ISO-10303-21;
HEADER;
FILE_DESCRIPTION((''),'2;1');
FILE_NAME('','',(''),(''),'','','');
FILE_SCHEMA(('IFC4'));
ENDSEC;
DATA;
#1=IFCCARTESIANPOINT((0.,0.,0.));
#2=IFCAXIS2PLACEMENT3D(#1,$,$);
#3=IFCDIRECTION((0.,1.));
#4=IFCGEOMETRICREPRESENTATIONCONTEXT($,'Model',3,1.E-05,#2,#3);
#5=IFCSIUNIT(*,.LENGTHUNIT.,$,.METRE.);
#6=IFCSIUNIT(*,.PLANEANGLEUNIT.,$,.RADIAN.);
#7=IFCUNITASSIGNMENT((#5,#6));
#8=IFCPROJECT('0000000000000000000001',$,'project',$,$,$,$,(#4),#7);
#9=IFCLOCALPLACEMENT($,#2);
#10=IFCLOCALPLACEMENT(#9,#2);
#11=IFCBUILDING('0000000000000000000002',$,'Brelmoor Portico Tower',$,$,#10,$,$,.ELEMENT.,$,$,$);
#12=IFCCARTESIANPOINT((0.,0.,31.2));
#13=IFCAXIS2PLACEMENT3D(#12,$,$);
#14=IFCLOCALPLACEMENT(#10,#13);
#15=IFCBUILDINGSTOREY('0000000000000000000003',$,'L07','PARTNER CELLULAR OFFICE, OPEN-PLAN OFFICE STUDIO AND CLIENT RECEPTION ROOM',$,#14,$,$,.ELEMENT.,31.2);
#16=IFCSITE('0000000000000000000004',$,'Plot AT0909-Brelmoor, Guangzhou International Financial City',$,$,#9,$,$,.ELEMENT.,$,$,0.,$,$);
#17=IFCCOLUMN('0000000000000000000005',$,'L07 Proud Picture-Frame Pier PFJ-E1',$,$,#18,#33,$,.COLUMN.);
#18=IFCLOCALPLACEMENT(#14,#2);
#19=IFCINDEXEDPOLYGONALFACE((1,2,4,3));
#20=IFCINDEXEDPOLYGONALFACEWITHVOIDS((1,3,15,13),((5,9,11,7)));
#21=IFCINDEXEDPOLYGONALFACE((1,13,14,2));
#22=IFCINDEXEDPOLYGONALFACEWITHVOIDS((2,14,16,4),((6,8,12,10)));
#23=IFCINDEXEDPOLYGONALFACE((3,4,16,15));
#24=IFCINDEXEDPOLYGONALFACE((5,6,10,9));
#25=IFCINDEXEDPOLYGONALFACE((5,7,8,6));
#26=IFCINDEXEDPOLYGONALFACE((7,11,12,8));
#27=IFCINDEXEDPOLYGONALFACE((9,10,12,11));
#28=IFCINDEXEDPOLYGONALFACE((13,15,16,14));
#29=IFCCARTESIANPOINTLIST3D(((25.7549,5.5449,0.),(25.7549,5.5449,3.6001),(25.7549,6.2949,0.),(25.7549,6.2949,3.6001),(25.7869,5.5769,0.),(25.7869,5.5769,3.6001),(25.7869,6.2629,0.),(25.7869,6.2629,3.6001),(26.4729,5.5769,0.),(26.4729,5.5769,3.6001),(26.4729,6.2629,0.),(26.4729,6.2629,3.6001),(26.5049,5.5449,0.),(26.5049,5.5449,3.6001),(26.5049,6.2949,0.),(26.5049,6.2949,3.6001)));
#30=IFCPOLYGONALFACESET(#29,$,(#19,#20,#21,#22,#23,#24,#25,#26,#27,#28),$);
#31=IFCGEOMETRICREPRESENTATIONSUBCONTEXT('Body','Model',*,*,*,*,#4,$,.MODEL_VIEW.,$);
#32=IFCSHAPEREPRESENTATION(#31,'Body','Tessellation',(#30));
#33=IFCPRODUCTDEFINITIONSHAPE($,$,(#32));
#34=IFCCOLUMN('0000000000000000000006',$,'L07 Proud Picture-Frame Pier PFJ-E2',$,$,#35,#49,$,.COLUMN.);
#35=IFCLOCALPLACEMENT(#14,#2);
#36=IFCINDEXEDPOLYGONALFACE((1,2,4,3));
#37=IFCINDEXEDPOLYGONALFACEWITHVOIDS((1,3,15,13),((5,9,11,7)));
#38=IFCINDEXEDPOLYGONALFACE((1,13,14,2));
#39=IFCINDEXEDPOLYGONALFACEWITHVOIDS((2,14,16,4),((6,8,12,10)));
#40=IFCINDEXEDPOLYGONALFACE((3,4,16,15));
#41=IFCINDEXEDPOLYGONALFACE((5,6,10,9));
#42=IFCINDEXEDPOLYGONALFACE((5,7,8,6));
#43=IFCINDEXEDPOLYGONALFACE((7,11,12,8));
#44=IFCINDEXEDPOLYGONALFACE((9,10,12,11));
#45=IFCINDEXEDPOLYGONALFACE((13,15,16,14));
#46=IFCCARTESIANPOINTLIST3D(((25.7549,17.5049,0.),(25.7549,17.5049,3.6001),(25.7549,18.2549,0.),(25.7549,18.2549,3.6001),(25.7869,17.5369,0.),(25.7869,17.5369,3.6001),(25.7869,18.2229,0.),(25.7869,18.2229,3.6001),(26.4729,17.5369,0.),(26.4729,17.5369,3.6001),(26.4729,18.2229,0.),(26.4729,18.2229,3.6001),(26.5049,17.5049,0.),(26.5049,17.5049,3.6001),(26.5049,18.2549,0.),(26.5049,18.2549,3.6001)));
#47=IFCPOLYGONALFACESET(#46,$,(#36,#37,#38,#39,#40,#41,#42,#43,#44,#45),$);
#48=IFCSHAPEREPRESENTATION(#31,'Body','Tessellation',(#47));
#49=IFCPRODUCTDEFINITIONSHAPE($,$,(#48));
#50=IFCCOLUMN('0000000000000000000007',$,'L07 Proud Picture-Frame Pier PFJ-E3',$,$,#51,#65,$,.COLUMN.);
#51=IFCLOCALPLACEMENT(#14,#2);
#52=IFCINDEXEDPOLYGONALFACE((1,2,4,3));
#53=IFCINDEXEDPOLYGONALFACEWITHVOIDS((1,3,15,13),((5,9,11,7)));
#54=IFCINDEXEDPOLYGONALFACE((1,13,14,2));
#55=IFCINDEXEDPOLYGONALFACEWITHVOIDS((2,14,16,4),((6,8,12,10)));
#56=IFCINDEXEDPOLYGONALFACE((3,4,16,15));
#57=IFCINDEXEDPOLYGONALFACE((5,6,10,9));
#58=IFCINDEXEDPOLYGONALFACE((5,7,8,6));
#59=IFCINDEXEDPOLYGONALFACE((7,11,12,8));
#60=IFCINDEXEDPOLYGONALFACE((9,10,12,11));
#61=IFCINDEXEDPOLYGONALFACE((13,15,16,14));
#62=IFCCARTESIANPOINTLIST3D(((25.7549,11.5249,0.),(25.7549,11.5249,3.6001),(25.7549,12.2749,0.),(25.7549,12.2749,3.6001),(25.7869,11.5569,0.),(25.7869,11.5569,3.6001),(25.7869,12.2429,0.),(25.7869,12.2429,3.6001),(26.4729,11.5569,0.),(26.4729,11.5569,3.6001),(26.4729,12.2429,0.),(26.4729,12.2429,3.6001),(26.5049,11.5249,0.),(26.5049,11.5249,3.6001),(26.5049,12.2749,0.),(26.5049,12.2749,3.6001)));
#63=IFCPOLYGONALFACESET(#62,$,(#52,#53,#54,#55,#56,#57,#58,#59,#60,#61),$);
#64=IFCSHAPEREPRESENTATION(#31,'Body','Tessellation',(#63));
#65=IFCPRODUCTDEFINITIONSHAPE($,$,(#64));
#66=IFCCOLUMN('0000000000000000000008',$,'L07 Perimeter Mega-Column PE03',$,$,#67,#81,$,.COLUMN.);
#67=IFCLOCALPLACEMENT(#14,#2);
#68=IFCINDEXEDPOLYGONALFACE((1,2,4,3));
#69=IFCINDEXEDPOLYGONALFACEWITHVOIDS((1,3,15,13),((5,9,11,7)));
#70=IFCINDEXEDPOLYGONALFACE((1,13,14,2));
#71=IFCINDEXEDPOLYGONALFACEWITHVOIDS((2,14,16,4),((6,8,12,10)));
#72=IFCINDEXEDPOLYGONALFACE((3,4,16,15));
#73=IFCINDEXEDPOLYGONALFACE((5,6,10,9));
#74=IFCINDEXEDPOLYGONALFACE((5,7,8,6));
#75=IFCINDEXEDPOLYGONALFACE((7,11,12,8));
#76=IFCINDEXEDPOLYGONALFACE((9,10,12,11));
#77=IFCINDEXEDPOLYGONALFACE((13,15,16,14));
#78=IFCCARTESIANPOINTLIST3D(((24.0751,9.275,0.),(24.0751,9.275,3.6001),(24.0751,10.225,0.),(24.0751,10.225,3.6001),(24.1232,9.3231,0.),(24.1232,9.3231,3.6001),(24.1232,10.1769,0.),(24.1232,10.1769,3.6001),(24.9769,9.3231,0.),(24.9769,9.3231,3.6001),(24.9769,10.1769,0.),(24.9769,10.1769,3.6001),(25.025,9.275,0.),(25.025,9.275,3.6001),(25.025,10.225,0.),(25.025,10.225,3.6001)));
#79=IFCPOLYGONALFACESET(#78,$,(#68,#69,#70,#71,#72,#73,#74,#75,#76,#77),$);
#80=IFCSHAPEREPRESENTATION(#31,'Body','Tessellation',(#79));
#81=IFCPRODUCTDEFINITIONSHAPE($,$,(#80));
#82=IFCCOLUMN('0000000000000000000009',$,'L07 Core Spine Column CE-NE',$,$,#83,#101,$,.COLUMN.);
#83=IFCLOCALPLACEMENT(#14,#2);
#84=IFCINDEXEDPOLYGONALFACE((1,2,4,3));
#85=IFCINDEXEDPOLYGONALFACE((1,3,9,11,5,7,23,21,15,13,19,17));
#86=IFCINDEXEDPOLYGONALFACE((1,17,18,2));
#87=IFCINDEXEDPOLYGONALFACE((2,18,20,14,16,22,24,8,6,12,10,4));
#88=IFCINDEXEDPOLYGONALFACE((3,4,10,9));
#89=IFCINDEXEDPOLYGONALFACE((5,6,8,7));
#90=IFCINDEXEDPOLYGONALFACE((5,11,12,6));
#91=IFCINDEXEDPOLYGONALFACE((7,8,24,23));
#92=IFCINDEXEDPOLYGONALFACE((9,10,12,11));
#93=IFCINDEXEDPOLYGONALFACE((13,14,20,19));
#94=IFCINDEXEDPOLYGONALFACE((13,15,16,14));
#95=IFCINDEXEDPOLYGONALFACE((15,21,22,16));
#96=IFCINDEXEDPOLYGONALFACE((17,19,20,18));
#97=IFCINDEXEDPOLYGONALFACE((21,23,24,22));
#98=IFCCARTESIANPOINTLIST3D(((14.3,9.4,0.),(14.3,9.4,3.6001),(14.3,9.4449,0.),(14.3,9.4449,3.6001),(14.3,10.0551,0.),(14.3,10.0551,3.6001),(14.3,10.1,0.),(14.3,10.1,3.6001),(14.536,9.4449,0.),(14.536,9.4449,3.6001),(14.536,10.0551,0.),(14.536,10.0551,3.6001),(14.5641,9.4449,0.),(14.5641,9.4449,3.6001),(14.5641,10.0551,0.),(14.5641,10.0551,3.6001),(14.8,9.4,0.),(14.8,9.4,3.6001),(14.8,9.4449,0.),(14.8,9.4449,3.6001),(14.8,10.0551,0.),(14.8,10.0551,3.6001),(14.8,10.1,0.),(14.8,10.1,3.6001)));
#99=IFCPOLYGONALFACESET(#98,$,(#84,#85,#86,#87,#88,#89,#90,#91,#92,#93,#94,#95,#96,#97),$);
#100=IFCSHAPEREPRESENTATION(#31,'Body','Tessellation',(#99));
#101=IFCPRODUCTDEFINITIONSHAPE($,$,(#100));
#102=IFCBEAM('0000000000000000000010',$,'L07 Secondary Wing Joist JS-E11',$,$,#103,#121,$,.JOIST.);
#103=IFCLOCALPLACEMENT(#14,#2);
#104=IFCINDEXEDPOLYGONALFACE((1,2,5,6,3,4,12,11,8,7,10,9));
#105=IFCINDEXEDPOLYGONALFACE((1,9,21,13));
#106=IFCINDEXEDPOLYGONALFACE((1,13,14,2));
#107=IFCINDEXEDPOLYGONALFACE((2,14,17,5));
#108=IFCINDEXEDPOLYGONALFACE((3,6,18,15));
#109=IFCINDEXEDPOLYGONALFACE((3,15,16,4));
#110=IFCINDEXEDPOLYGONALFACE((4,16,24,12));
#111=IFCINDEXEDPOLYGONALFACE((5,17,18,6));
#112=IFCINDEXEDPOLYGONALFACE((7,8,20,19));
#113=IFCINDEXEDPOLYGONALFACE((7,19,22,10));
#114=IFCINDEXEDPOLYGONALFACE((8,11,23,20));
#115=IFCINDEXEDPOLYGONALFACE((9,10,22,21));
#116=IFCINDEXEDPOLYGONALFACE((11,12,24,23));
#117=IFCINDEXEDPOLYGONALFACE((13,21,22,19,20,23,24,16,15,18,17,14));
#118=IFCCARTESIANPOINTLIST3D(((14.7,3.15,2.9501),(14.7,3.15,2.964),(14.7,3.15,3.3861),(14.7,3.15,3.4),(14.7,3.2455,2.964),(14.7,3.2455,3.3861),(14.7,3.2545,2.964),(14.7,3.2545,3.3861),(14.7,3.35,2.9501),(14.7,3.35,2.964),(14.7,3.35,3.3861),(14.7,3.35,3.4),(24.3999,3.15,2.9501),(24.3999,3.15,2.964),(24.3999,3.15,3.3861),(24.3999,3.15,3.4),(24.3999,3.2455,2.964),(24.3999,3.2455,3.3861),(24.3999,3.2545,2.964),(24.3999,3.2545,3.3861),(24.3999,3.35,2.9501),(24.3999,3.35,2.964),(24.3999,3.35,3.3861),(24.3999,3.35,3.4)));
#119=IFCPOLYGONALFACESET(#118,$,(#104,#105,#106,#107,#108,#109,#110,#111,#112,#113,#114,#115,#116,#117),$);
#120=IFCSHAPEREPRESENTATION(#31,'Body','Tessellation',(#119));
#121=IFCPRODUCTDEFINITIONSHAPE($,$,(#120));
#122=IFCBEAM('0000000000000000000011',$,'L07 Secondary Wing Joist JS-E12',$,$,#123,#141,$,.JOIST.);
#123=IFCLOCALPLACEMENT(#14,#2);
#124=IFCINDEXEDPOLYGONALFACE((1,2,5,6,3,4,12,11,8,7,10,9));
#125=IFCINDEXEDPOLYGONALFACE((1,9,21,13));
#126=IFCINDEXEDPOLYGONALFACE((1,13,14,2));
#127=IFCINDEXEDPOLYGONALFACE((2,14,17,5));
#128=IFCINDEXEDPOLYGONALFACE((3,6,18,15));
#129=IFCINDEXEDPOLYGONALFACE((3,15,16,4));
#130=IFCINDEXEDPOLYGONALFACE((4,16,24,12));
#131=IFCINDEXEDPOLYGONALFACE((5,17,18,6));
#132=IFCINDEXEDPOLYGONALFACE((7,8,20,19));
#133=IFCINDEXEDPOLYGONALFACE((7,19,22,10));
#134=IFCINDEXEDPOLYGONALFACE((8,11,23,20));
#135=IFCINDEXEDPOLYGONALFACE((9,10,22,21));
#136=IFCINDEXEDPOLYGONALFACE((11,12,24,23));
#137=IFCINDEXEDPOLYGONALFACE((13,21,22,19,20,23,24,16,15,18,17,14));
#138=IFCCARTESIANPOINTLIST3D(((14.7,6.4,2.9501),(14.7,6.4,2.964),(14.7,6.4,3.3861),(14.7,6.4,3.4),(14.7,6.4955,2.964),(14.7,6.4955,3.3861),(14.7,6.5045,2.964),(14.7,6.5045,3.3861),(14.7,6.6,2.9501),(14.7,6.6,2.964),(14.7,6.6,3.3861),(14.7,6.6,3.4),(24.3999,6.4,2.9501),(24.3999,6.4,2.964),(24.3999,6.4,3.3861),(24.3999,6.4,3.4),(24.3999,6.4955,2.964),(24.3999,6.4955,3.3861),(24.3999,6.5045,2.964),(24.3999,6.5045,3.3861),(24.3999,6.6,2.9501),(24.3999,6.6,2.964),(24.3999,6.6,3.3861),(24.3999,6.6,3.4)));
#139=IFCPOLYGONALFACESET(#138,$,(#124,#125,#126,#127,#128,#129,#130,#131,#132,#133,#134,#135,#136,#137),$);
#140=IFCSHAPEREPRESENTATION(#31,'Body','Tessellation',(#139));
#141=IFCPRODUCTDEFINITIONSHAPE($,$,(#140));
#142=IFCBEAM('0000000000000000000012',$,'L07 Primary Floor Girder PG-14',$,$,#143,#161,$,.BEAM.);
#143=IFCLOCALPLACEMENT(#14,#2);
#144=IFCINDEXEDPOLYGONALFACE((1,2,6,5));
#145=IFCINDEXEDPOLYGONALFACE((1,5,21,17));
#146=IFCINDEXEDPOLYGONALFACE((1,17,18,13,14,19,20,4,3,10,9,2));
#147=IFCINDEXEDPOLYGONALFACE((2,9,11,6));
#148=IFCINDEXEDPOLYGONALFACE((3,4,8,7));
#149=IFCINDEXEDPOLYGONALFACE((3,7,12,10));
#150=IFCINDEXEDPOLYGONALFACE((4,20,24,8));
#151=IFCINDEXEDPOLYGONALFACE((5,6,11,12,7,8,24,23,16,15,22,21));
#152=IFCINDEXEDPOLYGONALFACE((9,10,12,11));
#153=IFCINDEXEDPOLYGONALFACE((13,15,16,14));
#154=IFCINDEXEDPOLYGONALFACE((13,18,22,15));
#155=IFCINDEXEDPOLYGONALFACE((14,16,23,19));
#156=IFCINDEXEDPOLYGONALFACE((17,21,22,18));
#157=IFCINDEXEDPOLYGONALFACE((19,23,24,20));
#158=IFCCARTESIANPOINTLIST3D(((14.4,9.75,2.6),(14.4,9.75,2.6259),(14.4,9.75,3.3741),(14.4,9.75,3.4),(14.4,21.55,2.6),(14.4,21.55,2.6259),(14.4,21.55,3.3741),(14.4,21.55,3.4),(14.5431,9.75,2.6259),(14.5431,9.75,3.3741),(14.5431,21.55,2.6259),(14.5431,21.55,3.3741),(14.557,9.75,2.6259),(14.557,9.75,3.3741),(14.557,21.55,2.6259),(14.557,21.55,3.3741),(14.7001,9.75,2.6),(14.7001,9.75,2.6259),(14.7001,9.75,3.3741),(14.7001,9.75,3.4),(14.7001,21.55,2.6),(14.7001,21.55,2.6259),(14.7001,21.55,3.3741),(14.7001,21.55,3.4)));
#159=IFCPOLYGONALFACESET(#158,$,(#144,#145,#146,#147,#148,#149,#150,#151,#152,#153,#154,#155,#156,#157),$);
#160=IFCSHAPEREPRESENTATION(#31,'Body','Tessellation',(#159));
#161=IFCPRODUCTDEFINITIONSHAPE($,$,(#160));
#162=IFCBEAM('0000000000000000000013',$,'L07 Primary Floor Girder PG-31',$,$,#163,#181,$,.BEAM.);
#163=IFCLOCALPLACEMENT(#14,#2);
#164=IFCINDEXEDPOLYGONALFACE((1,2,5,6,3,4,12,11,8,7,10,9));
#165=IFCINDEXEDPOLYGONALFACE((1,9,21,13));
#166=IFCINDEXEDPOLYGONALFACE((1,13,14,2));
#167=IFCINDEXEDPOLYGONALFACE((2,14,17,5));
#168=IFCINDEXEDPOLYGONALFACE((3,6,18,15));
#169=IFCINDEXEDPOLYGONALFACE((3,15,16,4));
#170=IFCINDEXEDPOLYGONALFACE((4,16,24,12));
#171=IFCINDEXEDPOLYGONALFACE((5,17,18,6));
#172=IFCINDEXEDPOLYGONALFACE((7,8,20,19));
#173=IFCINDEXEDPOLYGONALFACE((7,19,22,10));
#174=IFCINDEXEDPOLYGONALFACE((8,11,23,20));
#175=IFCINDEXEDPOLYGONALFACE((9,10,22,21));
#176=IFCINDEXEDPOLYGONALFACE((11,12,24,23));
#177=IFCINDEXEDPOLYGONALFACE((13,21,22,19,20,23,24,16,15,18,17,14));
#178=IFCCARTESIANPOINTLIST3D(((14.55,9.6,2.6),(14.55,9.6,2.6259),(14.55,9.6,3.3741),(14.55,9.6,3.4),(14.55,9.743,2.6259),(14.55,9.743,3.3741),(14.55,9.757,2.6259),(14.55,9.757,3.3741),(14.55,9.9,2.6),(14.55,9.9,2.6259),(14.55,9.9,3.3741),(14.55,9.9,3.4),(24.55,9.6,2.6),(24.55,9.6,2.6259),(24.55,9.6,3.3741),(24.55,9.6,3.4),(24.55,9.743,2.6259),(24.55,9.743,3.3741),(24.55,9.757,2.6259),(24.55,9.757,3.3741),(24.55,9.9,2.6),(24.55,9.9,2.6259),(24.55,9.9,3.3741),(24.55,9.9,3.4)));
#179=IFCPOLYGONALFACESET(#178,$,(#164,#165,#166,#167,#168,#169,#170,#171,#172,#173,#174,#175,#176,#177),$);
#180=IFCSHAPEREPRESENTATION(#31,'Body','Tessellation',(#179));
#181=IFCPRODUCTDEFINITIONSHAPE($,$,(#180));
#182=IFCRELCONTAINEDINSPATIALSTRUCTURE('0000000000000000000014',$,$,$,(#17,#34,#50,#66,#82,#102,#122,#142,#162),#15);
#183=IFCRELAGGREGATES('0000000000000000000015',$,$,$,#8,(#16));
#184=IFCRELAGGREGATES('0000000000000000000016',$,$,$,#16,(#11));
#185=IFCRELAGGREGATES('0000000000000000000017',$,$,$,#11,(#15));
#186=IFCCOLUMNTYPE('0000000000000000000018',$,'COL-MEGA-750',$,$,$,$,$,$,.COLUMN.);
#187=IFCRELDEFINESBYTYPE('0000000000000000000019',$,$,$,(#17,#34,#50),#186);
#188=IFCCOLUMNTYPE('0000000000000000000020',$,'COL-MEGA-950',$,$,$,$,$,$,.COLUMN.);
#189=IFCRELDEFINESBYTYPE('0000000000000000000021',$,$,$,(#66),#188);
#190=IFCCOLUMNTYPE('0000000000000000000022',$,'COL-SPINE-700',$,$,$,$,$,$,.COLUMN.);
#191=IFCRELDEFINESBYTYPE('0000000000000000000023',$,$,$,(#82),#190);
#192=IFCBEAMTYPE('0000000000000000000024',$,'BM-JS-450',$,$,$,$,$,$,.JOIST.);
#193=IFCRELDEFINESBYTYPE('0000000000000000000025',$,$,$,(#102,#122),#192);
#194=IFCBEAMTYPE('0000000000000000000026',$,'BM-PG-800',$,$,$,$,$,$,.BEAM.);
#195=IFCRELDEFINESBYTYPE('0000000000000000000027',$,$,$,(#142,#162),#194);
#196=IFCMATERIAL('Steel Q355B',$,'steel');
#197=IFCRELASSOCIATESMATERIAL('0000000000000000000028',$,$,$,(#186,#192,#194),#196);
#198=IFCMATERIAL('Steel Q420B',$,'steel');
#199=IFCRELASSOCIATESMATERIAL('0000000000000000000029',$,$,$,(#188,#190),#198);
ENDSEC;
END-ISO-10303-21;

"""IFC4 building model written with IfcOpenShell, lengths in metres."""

from ifc_helpers import new_model, si_unit, direction, frame, origin, origin_2d, place, context, subcontext, project, spatial, hollow_rectangle, i_section, extrude, material, material_profile, profile_set, type_object, element, save


model = new_model("IFC4")

# Units and contexts
model_context = context("Model", 3, precision=1e-05, world=origin(), true_north=direction((0.0, 1.0)))
body_context = subcontext(model_context, "Body", "Model", "MODEL_VIEW")
ifc_project = project(units=[si_unit("LENGTHUNIT", "METRE"), si_unit("PLANEANGLEUNIT", "RADIAN")], contexts=[model_context])

# Site, building, storey
site_placement = place(None, origin())
site = spatial("IfcSite", under=ifc_project, at=site_placement, Name="Plot AT0909-Brelmoor, Guangzhou International Financial City", CompositionType="ELEMENT", RefElevation=0.0)
building_placement = place(site_placement, origin())
building = spatial("IfcBuilding", under=site, at=building_placement, Name="Brelmoor Portico Tower", CompositionType="ELEMENT")
storey_placement = place(building_placement, frame((0.0, 0.0, 31.2)))
storey = spatial("IfcBuildingStorey", under=building, at=storey_placement, Name="L07", Description="PARTNER CELLULAR OFFICE, OPEN-PLAN OFFICE STUDIO AND CLIENT RECEPTION ROOM", CompositionType="ELEMENT", Elevation=31.2)

# Columns
ifc_material_1 = material(Name="Steel Q355B", Category="steel")
ifc_material_profile_1 = material_profile(ifc_material_1, hollow_rectangle(XDim=0.75, YDim=0.75, WallThickness=0.032, at=origin_2d()), Name="BOX 750x750x32")
ifc_profile_set_1 = profile_set([ifc_material_profile_1], Name="Steel Q355B")
column_type_1 = type_object("IfcColumnType", Name="COL-MEGA-750", PredefinedType="COLUMN", material=ifc_profile_set_1)
for number, where, z_axis, x_axis, name in (
    (1, (26.1299, 5.9199, 0.0), (0.0, 0.0, 1.0), (0.0, 1.0, 0.0), "L07 Proud Picture-Frame Pier PFJ-E1"),
    (2, (26.1299, 17.8799, 0.0), (0.0, 0.0, 1.0), (0.0, 1.0, 0.0), "L07 Proud Picture-Frame Pier PFJ-E2"),
    (3, (26.1299, 11.8999, 0.0), (0.0, 0.0, 1.0), (0.0, 1.0, 0.0), "L07 Proud Picture-Frame Pier PFJ-E3"),
):
    element("IfcColumn", number, at=place(storey_placement, frame(where, z_axis=z_axis, x_axis=x_axis)), inside=storey, type_object=column_type_1, Name=name, PredefinedType="COLUMN", context=body_context, shape_type="SweptSolid", body=[
        extrude(hollow_rectangle(XDim=0.75, YDim=0.75, WallThickness=0.032, at=origin_2d()), origin(), (0.0, 0.0, 1.0), 3.6001),
    ])
ifc_material_2 = material(Name="Steel Q420B", Category="steel")
ifc_material_profile_2 = material_profile(ifc_material_2, hollow_rectangle(XDim=0.95, YDim=0.95, WallThickness=0.0481, at=origin_2d()), Name="BOX 950x950x48")
ifc_profile_set_2 = profile_set([ifc_material_profile_2], Name="Steel Q420B")
column_type_2 = type_object("IfcColumnType", Name="COL-MEGA-950", PredefinedType="COLUMN", material=ifc_profile_set_2)
column_1_placement = place(storey_placement, frame((24.55, 9.75, 0.0), z_axis=(0.0, 0.0, 1.0), x_axis=(0.0, 1.0, 0.0)))
element("IfcColumn", 4, at=column_1_placement, inside=storey, type_object=column_type_2, Name="L07 Perimeter Mega-Column PE03", PredefinedType="COLUMN", context=body_context, shape_type="SweptSolid", body=[
    extrude(hollow_rectangle(XDim=0.95, YDim=0.95, WallThickness=0.0481, at=origin_2d()), origin(), (0.0, 0.0, 1.0), 3.6001),
])
ifc_material_profile_3 = material_profile(ifc_material_2, i_section(OverallWidth=0.5, OverallDepth=0.7, WebThickness=0.0281, FlangeThickness=0.0449, at=origin_2d()), Name="HW 700x500x28x45")
ifc_profile_set_3 = profile_set([ifc_material_profile_3], Name="Steel Q420B")
column_type_3 = type_object("IfcColumnType", Name="COL-SPINE-700", PredefinedType="COLUMN", material=ifc_profile_set_3)
column_2_placement = place(storey_placement, frame((14.55, 9.75, 0.0), z_axis=(0.0, 0.0, 1.0), x_axis=(1.0, 0.0, 0.0)))
element("IfcColumn", 5, at=column_2_placement, inside=storey, type_object=column_type_3, Name="L07 Core Spine Column CE-NE", PredefinedType="COLUMN", context=body_context, shape_type="SweptSolid", body=[
    extrude(i_section(OverallWidth=0.5, OverallDepth=0.7, WebThickness=0.0281, FlangeThickness=0.0449, at=origin_2d()), origin(), (0.0, 0.0, 1.0), 3.6001),
])

# Beams
ifc_material_profile_4 = material_profile(ifc_material_1, i_section(OverallWidth=0.2, OverallDepth=0.45, WebThickness=0.009, FlangeThickness=0.0139, at=origin_2d()), Name="HN 450x200x9x14")
ifc_profile_set_4 = profile_set([ifc_material_profile_4], Name="Steel Q355B")
beam_type_1 = type_object("IfcBeamType", Name="BM-JS-450", PredefinedType="JOIST", material=ifc_profile_set_4)
for number, where, z_axis, x_axis, name in (
    (6, (14.7, 3.25, 3.175), (1.0, 0.0, 0.0), (0.0, 1.0, 0.0), "L07 Secondary Wing Joist JS-E11"),
    (7, (14.7, 6.5, 3.175), (1.0, 0.0, 0.0), (0.0, 1.0, 0.0), "L07 Secondary Wing Joist JS-E12"),
):
    element("IfcBeam", number, at=place(storey_placement, frame(where, z_axis=z_axis, x_axis=x_axis)), inside=storey, type_object=beam_type_1, Name=name, PredefinedType="JOIST", context=body_context, shape_type="SweptSolid", body=[
        extrude(i_section(OverallWidth=0.2, OverallDepth=0.45, WebThickness=0.009, FlangeThickness=0.0139, at=origin_2d()), origin(), (0.0, 0.0, 1.0), 9.7),
    ])
ifc_material_profile_5 = material_profile(ifc_material_1, i_section(OverallWidth=0.3, OverallDepth=0.8, WebThickness=0.0139, FlangeThickness=0.0259, at=origin_2d()), Name="HN 800x300x14x26")
ifc_profile_set_5 = profile_set([ifc_material_profile_5], Name="Steel Q355B")
beam_type_2 = type_object("IfcBeamType", Name="BM-PG-800", PredefinedType="BEAM", material=ifc_profile_set_5)
beam_1_placement = place(storey_placement, frame((14.55, 9.75, 3.0), z_axis=(0.0, 1.0, 0.0), x_axis=(-1.0, 0.0, 0.0)))
element("IfcBeam", 8, at=beam_1_placement, inside=storey, type_object=beam_type_2, Name="L07 Primary Floor Girder PG-14", PredefinedType="BEAM", context=body_context, shape_type="SweptSolid", body=[
    extrude(i_section(OverallWidth=0.3, OverallDepth=0.8, WebThickness=0.0139, FlangeThickness=0.0259, at=origin_2d()), origin(), (0.0, 0.0, 1.0), 11.8),
])
beam_2_placement = place(storey_placement, frame((14.55, 9.75, 3.0), z_axis=(1.0, 0.0, 0.0), x_axis=(0.0, 1.0, 0.0)))
element("IfcBeam", 9, at=beam_2_placement, inside=storey, type_object=beam_type_2, Name="L07 Primary Floor Girder PG-31", PredefinedType="BEAM", context=body_context, shape_type="SweptSolid", body=[
    extrude(i_section(OverallWidth=0.3, OverallDepth=0.8, WebThickness=0.0139, FlangeThickness=0.0259, at=origin_2d()), origin(), (0.0, 0.0, 1.0), 10.0),
])

save(model, "model.ifc")
